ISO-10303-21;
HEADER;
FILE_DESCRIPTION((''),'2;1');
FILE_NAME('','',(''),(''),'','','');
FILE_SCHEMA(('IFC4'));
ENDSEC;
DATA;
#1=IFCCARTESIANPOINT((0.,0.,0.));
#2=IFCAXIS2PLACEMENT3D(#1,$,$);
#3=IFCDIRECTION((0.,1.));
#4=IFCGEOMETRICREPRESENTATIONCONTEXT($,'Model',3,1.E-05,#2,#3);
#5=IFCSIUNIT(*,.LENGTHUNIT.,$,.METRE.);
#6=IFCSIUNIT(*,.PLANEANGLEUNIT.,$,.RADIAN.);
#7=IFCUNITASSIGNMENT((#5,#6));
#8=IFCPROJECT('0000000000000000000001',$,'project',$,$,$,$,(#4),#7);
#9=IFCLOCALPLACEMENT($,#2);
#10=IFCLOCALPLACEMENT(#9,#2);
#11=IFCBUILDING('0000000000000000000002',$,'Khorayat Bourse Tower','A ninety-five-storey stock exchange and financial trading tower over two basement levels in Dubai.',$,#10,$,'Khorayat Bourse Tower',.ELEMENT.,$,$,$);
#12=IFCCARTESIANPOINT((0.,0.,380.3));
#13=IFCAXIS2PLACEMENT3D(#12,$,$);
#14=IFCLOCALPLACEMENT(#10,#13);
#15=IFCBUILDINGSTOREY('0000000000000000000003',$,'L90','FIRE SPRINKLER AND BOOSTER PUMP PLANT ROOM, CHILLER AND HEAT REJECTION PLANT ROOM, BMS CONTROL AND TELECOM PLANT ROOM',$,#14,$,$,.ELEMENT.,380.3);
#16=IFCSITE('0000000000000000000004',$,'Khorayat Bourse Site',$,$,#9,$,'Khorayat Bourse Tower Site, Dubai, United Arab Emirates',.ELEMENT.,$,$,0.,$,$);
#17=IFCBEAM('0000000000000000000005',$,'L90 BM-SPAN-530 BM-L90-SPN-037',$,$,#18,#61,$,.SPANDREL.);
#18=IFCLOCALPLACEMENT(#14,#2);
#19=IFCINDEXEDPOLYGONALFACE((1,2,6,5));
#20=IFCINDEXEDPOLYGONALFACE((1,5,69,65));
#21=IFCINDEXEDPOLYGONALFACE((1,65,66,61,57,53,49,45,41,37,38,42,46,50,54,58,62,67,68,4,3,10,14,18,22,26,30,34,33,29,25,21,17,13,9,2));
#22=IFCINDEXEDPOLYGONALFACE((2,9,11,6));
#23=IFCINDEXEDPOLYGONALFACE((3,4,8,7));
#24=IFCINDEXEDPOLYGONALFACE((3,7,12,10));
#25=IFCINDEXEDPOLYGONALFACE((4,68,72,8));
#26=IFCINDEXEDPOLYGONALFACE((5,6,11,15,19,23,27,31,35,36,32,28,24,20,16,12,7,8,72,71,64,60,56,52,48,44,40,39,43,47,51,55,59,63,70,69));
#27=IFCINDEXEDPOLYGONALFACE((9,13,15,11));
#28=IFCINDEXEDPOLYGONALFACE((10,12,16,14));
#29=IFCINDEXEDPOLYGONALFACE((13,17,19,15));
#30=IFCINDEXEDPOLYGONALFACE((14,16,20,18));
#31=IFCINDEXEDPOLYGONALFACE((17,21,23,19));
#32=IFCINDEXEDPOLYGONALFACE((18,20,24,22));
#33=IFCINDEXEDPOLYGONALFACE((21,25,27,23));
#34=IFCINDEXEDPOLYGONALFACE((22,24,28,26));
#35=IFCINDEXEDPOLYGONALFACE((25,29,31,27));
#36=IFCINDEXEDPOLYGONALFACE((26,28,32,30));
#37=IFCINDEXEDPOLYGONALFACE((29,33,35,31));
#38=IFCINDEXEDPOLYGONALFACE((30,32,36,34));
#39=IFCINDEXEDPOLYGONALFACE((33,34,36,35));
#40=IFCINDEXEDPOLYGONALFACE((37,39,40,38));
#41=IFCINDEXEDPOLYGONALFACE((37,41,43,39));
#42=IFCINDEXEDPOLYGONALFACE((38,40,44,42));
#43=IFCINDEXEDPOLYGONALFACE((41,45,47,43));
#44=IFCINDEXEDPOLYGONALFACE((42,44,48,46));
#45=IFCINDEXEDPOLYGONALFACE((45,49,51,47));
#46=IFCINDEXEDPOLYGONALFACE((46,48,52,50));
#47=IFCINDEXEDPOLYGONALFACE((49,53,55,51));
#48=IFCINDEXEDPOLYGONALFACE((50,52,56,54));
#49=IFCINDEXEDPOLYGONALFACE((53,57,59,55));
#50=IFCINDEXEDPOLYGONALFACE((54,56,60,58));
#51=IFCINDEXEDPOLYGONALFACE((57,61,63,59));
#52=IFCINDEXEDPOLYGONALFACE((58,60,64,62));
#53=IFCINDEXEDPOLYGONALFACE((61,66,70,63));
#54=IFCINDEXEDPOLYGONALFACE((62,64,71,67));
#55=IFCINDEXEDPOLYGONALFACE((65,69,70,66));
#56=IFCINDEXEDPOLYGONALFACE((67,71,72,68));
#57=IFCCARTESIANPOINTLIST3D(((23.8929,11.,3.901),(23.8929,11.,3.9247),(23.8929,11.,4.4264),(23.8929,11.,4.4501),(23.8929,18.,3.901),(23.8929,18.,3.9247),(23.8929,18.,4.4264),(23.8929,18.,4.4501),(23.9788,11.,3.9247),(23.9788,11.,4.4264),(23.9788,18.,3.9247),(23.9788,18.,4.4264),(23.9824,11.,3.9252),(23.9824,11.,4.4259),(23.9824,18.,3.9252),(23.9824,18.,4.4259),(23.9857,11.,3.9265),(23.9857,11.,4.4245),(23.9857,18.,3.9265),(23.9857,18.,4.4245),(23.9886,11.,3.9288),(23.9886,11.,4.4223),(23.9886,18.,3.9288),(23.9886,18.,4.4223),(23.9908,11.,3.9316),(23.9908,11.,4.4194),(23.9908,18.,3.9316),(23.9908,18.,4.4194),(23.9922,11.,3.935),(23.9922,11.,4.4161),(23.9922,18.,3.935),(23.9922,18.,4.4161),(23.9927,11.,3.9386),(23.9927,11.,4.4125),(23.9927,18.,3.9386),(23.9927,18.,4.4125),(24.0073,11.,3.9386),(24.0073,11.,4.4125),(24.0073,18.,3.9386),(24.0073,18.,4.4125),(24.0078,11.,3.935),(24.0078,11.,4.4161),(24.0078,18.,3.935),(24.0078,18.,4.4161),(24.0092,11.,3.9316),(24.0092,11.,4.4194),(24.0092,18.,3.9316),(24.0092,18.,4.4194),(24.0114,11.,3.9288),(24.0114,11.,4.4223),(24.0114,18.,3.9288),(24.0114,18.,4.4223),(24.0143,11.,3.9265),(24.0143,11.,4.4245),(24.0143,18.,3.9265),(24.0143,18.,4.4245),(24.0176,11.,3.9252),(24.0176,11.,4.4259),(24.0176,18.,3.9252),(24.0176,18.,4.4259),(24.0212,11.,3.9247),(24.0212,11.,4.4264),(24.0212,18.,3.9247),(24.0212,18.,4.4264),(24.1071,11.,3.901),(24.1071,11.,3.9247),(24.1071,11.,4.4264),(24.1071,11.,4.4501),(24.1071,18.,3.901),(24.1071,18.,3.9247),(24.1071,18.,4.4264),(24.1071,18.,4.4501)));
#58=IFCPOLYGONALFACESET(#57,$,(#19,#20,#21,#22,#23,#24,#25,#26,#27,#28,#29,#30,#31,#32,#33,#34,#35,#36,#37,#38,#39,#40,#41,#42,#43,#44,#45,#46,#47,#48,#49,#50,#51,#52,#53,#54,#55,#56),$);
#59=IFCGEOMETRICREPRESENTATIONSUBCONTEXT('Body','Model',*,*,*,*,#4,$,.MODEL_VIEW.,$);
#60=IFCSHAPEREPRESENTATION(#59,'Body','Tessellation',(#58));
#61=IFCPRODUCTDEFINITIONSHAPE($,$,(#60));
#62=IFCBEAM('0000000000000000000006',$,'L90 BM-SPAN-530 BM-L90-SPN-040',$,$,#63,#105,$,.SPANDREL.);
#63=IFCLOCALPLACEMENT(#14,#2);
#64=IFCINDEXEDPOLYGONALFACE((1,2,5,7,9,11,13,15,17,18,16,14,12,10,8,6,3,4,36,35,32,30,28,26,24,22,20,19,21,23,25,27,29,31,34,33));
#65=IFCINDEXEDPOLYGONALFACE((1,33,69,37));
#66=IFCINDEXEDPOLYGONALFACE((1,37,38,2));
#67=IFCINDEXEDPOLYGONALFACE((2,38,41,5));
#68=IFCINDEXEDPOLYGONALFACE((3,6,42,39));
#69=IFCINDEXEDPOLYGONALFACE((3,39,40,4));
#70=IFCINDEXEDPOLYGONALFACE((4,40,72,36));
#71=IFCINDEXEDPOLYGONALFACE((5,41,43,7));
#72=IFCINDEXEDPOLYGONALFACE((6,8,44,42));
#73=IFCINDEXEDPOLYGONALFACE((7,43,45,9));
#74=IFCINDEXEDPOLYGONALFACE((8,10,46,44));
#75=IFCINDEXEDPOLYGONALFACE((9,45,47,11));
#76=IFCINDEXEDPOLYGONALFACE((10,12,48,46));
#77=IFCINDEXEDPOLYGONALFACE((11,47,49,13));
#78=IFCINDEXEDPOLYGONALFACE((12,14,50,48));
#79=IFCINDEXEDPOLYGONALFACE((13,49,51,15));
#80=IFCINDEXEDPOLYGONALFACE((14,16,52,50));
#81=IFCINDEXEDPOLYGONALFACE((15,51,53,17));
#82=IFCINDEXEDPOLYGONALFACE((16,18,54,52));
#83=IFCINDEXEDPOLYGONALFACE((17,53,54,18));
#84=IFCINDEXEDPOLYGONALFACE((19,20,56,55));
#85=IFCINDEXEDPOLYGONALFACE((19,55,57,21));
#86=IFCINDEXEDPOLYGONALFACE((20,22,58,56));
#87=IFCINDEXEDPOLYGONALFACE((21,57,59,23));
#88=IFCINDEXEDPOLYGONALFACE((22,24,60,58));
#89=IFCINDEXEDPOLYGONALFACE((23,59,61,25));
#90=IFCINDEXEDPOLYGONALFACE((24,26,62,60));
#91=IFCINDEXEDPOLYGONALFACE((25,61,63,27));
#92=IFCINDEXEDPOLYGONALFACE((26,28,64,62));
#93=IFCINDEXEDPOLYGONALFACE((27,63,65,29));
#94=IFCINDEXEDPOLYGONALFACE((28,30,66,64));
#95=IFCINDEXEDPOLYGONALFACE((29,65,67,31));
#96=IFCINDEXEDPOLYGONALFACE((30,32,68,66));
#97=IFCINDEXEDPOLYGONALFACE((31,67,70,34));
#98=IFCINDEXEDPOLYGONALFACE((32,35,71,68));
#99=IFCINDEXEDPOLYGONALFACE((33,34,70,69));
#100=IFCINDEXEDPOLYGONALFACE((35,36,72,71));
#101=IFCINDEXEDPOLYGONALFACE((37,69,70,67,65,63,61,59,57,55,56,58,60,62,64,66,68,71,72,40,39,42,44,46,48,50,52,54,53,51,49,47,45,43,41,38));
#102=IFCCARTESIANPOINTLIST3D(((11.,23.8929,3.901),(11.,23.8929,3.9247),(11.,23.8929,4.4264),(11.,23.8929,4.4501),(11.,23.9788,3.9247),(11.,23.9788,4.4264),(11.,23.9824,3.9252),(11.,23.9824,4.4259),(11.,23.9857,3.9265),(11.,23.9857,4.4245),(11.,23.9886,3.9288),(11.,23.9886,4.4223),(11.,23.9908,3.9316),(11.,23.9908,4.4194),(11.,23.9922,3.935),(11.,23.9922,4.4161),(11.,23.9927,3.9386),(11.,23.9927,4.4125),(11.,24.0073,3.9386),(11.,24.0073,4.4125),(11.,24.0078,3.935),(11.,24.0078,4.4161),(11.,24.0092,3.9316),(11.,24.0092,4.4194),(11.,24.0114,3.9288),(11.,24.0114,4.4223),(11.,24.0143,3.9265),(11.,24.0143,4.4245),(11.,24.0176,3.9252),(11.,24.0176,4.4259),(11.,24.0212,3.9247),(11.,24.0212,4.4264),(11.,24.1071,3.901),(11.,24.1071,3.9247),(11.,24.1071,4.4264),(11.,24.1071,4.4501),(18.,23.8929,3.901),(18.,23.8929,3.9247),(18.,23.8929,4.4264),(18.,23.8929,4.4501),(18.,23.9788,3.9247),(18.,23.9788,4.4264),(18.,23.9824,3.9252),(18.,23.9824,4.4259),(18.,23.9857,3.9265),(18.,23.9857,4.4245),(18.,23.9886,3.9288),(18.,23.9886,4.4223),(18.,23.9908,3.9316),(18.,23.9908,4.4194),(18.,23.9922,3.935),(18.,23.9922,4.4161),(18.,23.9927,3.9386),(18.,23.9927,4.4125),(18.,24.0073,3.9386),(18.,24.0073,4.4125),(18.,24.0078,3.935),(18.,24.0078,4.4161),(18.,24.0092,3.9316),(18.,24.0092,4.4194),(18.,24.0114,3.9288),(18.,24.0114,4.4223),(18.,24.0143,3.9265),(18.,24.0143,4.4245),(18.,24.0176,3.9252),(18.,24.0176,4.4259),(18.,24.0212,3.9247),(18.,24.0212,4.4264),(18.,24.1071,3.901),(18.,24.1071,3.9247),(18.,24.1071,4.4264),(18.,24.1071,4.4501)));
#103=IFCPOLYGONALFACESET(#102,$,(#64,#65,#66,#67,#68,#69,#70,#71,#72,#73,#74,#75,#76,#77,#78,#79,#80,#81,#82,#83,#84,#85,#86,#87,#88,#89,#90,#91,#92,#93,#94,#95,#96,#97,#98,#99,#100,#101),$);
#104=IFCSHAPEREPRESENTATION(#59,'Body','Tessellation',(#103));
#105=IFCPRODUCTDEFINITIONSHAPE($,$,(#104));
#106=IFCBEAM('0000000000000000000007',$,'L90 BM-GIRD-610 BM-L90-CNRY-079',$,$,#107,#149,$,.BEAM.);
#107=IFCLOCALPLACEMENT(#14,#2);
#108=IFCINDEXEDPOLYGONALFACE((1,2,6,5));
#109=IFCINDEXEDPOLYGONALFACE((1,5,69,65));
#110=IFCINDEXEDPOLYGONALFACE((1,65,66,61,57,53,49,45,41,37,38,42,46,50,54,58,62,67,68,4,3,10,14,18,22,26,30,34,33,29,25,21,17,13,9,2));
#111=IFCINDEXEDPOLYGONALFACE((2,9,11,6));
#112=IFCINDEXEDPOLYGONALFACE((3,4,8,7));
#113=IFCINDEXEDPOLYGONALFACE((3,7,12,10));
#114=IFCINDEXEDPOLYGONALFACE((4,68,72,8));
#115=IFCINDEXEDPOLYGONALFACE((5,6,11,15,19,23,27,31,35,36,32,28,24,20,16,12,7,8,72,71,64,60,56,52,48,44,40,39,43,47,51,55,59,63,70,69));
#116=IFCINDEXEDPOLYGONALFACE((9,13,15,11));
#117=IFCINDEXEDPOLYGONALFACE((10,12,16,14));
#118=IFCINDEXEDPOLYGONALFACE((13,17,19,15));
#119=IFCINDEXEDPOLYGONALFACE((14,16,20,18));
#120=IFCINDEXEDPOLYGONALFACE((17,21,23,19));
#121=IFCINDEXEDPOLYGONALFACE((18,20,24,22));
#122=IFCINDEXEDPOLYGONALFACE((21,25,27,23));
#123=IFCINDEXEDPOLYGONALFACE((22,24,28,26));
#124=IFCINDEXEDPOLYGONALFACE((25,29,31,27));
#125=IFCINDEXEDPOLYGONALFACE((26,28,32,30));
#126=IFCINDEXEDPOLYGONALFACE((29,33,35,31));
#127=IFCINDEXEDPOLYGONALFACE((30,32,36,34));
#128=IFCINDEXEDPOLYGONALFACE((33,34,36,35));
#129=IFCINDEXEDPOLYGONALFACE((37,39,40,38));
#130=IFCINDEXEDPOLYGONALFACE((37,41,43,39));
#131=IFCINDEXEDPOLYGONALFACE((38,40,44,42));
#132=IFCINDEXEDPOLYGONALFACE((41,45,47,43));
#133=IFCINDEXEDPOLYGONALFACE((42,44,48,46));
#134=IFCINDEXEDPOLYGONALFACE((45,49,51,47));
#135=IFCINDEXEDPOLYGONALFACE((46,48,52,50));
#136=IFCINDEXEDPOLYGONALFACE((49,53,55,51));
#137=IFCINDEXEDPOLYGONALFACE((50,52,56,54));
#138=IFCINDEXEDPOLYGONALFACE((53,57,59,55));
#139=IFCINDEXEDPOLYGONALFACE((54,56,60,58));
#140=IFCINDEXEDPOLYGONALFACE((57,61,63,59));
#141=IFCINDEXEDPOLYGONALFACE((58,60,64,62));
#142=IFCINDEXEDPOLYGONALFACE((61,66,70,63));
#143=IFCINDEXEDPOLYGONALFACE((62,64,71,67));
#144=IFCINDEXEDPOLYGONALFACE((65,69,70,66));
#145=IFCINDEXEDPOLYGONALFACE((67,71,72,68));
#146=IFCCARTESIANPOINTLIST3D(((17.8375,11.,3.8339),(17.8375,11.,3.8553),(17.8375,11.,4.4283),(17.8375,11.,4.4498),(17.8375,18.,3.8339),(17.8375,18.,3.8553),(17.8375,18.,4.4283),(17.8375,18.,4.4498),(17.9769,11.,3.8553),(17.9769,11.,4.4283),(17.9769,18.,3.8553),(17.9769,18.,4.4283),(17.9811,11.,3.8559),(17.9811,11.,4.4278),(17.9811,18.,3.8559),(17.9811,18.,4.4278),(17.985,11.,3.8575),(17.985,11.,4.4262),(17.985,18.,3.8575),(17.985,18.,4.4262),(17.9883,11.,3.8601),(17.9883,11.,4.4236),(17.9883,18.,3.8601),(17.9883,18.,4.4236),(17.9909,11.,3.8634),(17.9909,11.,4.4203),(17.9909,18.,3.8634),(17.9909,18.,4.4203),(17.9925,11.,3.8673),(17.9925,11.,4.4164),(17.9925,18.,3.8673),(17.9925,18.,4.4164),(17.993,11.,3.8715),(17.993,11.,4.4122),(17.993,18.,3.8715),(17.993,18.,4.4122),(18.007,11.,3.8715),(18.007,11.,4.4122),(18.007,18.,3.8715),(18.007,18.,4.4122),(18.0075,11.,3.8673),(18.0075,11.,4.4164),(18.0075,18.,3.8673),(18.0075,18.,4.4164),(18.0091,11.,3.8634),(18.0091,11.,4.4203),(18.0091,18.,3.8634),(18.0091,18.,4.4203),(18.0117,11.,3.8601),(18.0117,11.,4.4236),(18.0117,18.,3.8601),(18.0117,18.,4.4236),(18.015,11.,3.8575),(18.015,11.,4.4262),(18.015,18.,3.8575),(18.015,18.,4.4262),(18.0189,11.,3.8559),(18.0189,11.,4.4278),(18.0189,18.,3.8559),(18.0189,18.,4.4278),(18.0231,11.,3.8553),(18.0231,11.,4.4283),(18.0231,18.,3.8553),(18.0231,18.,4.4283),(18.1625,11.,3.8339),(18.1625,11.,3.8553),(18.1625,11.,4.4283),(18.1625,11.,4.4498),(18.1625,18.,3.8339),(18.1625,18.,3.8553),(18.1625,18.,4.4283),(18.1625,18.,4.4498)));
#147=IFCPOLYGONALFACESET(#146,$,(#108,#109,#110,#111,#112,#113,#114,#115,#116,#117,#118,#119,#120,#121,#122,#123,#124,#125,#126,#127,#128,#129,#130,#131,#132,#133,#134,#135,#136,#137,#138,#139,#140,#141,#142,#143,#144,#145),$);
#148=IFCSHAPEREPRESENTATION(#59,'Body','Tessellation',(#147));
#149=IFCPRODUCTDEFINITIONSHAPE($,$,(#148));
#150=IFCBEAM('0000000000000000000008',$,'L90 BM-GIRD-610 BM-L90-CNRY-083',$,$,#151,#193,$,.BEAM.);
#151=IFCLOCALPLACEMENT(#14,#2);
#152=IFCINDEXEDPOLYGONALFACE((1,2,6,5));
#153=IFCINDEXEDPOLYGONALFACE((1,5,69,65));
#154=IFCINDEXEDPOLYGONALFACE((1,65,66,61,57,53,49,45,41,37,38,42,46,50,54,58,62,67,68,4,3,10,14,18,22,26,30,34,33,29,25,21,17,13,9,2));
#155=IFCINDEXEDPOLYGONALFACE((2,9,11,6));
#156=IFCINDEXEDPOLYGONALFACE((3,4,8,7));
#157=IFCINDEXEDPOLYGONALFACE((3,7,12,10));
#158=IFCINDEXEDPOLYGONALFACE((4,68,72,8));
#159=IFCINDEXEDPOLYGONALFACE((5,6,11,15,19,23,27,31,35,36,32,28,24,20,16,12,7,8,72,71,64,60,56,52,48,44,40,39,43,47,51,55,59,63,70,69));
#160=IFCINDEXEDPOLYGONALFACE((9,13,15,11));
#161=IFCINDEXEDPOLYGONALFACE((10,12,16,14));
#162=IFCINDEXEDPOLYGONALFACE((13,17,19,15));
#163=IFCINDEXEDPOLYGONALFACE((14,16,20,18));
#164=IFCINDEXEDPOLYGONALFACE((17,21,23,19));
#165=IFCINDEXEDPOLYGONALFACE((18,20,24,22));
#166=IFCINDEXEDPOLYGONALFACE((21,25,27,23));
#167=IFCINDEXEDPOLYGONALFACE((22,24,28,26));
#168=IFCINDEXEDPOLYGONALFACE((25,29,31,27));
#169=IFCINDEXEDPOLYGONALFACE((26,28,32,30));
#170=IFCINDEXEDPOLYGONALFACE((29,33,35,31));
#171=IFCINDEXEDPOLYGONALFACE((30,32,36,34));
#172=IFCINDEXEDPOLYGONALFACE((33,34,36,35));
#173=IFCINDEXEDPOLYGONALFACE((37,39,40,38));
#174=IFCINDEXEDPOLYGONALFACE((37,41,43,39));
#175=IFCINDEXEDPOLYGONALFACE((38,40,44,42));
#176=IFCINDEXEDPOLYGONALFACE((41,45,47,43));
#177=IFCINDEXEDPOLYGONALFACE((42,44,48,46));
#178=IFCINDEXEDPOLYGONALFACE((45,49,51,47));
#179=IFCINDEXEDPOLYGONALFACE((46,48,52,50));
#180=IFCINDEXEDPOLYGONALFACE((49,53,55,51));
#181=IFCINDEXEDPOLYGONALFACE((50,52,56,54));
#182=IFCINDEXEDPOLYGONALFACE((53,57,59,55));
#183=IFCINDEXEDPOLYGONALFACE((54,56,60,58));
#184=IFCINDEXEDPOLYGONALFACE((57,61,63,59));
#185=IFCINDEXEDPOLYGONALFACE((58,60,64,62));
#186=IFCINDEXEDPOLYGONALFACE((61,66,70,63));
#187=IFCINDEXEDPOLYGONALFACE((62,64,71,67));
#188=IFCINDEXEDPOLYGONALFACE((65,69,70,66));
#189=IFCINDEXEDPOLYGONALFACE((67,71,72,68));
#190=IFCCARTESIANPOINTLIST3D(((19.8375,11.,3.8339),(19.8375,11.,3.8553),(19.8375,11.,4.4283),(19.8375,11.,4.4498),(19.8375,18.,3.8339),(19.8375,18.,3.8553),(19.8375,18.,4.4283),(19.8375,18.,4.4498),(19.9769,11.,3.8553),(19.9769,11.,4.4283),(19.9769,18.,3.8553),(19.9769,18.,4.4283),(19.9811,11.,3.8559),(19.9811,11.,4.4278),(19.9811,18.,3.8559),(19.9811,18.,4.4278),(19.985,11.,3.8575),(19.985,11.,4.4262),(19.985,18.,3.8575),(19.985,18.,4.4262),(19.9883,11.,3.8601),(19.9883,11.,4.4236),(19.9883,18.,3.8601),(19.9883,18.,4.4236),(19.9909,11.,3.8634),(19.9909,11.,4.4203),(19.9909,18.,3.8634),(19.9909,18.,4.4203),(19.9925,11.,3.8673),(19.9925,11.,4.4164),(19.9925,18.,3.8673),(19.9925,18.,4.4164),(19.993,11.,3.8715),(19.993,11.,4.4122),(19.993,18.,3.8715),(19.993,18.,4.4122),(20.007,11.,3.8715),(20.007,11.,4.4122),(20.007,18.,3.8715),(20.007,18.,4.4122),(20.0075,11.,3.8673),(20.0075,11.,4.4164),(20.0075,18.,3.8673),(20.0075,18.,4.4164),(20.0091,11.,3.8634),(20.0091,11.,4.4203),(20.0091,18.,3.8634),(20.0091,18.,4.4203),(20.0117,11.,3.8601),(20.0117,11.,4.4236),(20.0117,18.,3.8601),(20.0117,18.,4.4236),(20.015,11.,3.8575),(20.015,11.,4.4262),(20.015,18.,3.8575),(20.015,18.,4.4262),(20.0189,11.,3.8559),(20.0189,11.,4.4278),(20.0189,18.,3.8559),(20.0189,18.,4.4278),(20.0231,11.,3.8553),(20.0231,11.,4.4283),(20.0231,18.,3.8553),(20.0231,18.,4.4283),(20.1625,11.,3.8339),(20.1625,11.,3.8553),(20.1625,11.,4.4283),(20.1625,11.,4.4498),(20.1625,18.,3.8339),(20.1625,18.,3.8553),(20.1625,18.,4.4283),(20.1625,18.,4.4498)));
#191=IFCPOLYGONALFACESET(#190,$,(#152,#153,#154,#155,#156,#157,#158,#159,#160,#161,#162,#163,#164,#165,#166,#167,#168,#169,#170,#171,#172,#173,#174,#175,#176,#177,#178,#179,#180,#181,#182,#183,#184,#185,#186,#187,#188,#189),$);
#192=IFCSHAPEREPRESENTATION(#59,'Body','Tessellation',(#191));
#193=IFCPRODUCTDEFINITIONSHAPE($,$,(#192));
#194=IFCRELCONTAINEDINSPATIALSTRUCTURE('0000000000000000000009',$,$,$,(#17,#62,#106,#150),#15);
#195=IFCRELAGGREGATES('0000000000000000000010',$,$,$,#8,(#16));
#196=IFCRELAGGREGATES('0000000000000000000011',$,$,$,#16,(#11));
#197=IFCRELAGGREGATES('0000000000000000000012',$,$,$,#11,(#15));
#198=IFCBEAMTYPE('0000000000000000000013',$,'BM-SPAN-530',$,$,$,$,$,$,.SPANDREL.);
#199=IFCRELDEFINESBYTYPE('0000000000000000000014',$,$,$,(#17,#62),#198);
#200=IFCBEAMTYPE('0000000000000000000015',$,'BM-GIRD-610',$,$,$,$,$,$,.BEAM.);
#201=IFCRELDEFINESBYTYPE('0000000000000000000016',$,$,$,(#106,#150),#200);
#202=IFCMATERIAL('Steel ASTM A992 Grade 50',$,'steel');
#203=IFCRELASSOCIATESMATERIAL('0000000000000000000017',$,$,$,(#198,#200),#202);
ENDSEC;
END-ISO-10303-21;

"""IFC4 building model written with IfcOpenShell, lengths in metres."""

from ifc_helpers import new_model, si_unit, direction, frame, origin, origin_2d, place, context, subcontext, project, spatial, i_section, extrude, source, transform, mapped, material, material_profile, profile_set, type_object, element, save


model = new_model("IFC4")

# Units and contexts
model_context = context("Model", 3, precision=1e-05, world=origin(), true_north=direction((0.0, 1.0)))
body_context = subcontext(model_context, "Body", "Model", "MODEL_VIEW")
ifc_project = project(units=[si_unit("LENGTHUNIT", "METRE"), si_unit("PLANEANGLEUNIT", "RADIAN")], contexts=[model_context])

# Site, building, storey
site_placement = place(None, origin())
site = spatial("IfcSite", under=ifc_project, at=site_placement, Name="Khorayat Bourse Site", LongName="Khorayat Bourse Tower Site, Dubai, United Arab Emirates", CompositionType="ELEMENT", RefElevation=0.0)
building_placement = place(site_placement, origin())
building = spatial("IfcBuilding", under=site, at=building_placement, Name="Khorayat Bourse Tower", Description="A ninety-five-storey stock exchange and financial trading tower over two basement levels in Dubai.", LongName="Khorayat Bourse Tower", CompositionType="ELEMENT")
storey_placement = place(building_placement, frame((0.0, 0.0, 380.3)))
storey = spatial("IfcBuildingStorey", under=building, at=storey_placement, Name="L90", Description="FIRE SPRINKLER AND BOOSTER PUMP PLANT ROOM, CHILLER AND HEAT REJECTION PLANT ROOM, BMS CONTROL AND TELECOM PLANT ROOM", CompositionType="ELEMENT", Elevation=380.3)

# Beams
ifc_material_1 = material(Name="Steel ASTM A992 Grade 50", Category="steel")
ifc_material_profile_1 = material_profile(ifc_material_1, i_section(OverallWidth=0.2141, OverallDepth=0.5491, WebThickness=0.0146, FlangeThickness=0.0237, FilletRadius=0.0139, at=origin_2d()), Name="W530X138")
ifc_profile_set_1 = profile_set([ifc_material_profile_1], Name="Steel ASTM A992 Grade 50")
beam_type_1 = type_object("IfcBeamType", Name="BM-SPAN-530", PredefinedType="SPANDREL", material=ifc_profile_set_1)
shared_shape_1 = source(origin(), body_context, "Body", "SweptSolid", [
    extrude(i_section(OverallWidth=0.2141, OverallDepth=0.5491, WebThickness=0.0146, FlangeThickness=0.0237, FilletRadius=0.0139, at=origin_2d()), origin(), (0.0, 0.0, 1.0), 7.0),
])
for number, where, z_axis, x_axis, name in (
    (1, (24.0, 11.0, 4.1755), (0.0, 1.0, 0.0), (-1.0, 0.0, 0.0), "L90 BM-SPAN-530 BM-L90-SPN-037"),
    (2, (11.0, 24.0, 4.1755), (1.0, 0.0, 0.0), (0.0, 1.0, 0.0), "L90 BM-SPAN-530 BM-L90-SPN-040"),
):
    element("IfcBeam", number, at=place(storey_placement, frame(where, z_axis=z_axis, x_axis=x_axis)), inside=storey, type_object=beam_type_1, Name=name, PredefinedType="SPANDREL", context=body_context, shape_type="MappedRepresentation", body=[
        mapped(shared_shape_1, transform((0.0, 0.0, 0.0), scale=1.0)),
    ])
ifc_material_profile_2 = material_profile(ifc_material_1, i_section(OverallWidth=0.325, OverallDepth=0.616, WebThickness=0.0139, FlangeThickness=0.0215, FilletRadius=0.0161, at=origin_2d()), Name="W610X174")
ifc_profile_set_2 = profile_set([ifc_material_profile_2], Name="Steel ASTM A992 Grade 50")
beam_type_2 = type_object("IfcBeamType", Name="BM-GIRD-610", PredefinedType="BEAM", material=ifc_profile_set_2)
shared_shape_2 = source(origin(), body_context, "Body", "SweptSolid", [
    extrude(i_section(OverallWidth=0.325, OverallDepth=0.616, WebThickness=0.0139, FlangeThickness=0.0215, FilletRadius=0.0161, at=origin_2d()), origin(), (0.0, 0.0, 1.0), 7.0),
])
for number, where, z_axis, x_axis, name in (
    (3, (18.0, 11.0, 4.1418), (0.0, 1.0, 0.0), (-1.0, 0.0, 0.0), "L90 BM-GIRD-610 BM-L90-CNRY-079"),
    (4, (20.0, 11.0, 4.1418), (0.0, 1.0, 0.0), (-1.0, 0.0, 0.0), "L90 BM-GIRD-610 BM-L90-CNRY-083"),
):
    element("IfcBeam", number, at=place(storey_placement, frame(where, z_axis=z_axis, x_axis=x_axis)), inside=storey, type_object=beam_type_2, Name=name, PredefinedType="BEAM", context=body_context, shape_type="MappedRepresentation", body=[
        mapped(shared_shape_2, transform((0.0, 0.0, 0.0), scale=1.0)),
    ])

save(model, "model.ifc")
